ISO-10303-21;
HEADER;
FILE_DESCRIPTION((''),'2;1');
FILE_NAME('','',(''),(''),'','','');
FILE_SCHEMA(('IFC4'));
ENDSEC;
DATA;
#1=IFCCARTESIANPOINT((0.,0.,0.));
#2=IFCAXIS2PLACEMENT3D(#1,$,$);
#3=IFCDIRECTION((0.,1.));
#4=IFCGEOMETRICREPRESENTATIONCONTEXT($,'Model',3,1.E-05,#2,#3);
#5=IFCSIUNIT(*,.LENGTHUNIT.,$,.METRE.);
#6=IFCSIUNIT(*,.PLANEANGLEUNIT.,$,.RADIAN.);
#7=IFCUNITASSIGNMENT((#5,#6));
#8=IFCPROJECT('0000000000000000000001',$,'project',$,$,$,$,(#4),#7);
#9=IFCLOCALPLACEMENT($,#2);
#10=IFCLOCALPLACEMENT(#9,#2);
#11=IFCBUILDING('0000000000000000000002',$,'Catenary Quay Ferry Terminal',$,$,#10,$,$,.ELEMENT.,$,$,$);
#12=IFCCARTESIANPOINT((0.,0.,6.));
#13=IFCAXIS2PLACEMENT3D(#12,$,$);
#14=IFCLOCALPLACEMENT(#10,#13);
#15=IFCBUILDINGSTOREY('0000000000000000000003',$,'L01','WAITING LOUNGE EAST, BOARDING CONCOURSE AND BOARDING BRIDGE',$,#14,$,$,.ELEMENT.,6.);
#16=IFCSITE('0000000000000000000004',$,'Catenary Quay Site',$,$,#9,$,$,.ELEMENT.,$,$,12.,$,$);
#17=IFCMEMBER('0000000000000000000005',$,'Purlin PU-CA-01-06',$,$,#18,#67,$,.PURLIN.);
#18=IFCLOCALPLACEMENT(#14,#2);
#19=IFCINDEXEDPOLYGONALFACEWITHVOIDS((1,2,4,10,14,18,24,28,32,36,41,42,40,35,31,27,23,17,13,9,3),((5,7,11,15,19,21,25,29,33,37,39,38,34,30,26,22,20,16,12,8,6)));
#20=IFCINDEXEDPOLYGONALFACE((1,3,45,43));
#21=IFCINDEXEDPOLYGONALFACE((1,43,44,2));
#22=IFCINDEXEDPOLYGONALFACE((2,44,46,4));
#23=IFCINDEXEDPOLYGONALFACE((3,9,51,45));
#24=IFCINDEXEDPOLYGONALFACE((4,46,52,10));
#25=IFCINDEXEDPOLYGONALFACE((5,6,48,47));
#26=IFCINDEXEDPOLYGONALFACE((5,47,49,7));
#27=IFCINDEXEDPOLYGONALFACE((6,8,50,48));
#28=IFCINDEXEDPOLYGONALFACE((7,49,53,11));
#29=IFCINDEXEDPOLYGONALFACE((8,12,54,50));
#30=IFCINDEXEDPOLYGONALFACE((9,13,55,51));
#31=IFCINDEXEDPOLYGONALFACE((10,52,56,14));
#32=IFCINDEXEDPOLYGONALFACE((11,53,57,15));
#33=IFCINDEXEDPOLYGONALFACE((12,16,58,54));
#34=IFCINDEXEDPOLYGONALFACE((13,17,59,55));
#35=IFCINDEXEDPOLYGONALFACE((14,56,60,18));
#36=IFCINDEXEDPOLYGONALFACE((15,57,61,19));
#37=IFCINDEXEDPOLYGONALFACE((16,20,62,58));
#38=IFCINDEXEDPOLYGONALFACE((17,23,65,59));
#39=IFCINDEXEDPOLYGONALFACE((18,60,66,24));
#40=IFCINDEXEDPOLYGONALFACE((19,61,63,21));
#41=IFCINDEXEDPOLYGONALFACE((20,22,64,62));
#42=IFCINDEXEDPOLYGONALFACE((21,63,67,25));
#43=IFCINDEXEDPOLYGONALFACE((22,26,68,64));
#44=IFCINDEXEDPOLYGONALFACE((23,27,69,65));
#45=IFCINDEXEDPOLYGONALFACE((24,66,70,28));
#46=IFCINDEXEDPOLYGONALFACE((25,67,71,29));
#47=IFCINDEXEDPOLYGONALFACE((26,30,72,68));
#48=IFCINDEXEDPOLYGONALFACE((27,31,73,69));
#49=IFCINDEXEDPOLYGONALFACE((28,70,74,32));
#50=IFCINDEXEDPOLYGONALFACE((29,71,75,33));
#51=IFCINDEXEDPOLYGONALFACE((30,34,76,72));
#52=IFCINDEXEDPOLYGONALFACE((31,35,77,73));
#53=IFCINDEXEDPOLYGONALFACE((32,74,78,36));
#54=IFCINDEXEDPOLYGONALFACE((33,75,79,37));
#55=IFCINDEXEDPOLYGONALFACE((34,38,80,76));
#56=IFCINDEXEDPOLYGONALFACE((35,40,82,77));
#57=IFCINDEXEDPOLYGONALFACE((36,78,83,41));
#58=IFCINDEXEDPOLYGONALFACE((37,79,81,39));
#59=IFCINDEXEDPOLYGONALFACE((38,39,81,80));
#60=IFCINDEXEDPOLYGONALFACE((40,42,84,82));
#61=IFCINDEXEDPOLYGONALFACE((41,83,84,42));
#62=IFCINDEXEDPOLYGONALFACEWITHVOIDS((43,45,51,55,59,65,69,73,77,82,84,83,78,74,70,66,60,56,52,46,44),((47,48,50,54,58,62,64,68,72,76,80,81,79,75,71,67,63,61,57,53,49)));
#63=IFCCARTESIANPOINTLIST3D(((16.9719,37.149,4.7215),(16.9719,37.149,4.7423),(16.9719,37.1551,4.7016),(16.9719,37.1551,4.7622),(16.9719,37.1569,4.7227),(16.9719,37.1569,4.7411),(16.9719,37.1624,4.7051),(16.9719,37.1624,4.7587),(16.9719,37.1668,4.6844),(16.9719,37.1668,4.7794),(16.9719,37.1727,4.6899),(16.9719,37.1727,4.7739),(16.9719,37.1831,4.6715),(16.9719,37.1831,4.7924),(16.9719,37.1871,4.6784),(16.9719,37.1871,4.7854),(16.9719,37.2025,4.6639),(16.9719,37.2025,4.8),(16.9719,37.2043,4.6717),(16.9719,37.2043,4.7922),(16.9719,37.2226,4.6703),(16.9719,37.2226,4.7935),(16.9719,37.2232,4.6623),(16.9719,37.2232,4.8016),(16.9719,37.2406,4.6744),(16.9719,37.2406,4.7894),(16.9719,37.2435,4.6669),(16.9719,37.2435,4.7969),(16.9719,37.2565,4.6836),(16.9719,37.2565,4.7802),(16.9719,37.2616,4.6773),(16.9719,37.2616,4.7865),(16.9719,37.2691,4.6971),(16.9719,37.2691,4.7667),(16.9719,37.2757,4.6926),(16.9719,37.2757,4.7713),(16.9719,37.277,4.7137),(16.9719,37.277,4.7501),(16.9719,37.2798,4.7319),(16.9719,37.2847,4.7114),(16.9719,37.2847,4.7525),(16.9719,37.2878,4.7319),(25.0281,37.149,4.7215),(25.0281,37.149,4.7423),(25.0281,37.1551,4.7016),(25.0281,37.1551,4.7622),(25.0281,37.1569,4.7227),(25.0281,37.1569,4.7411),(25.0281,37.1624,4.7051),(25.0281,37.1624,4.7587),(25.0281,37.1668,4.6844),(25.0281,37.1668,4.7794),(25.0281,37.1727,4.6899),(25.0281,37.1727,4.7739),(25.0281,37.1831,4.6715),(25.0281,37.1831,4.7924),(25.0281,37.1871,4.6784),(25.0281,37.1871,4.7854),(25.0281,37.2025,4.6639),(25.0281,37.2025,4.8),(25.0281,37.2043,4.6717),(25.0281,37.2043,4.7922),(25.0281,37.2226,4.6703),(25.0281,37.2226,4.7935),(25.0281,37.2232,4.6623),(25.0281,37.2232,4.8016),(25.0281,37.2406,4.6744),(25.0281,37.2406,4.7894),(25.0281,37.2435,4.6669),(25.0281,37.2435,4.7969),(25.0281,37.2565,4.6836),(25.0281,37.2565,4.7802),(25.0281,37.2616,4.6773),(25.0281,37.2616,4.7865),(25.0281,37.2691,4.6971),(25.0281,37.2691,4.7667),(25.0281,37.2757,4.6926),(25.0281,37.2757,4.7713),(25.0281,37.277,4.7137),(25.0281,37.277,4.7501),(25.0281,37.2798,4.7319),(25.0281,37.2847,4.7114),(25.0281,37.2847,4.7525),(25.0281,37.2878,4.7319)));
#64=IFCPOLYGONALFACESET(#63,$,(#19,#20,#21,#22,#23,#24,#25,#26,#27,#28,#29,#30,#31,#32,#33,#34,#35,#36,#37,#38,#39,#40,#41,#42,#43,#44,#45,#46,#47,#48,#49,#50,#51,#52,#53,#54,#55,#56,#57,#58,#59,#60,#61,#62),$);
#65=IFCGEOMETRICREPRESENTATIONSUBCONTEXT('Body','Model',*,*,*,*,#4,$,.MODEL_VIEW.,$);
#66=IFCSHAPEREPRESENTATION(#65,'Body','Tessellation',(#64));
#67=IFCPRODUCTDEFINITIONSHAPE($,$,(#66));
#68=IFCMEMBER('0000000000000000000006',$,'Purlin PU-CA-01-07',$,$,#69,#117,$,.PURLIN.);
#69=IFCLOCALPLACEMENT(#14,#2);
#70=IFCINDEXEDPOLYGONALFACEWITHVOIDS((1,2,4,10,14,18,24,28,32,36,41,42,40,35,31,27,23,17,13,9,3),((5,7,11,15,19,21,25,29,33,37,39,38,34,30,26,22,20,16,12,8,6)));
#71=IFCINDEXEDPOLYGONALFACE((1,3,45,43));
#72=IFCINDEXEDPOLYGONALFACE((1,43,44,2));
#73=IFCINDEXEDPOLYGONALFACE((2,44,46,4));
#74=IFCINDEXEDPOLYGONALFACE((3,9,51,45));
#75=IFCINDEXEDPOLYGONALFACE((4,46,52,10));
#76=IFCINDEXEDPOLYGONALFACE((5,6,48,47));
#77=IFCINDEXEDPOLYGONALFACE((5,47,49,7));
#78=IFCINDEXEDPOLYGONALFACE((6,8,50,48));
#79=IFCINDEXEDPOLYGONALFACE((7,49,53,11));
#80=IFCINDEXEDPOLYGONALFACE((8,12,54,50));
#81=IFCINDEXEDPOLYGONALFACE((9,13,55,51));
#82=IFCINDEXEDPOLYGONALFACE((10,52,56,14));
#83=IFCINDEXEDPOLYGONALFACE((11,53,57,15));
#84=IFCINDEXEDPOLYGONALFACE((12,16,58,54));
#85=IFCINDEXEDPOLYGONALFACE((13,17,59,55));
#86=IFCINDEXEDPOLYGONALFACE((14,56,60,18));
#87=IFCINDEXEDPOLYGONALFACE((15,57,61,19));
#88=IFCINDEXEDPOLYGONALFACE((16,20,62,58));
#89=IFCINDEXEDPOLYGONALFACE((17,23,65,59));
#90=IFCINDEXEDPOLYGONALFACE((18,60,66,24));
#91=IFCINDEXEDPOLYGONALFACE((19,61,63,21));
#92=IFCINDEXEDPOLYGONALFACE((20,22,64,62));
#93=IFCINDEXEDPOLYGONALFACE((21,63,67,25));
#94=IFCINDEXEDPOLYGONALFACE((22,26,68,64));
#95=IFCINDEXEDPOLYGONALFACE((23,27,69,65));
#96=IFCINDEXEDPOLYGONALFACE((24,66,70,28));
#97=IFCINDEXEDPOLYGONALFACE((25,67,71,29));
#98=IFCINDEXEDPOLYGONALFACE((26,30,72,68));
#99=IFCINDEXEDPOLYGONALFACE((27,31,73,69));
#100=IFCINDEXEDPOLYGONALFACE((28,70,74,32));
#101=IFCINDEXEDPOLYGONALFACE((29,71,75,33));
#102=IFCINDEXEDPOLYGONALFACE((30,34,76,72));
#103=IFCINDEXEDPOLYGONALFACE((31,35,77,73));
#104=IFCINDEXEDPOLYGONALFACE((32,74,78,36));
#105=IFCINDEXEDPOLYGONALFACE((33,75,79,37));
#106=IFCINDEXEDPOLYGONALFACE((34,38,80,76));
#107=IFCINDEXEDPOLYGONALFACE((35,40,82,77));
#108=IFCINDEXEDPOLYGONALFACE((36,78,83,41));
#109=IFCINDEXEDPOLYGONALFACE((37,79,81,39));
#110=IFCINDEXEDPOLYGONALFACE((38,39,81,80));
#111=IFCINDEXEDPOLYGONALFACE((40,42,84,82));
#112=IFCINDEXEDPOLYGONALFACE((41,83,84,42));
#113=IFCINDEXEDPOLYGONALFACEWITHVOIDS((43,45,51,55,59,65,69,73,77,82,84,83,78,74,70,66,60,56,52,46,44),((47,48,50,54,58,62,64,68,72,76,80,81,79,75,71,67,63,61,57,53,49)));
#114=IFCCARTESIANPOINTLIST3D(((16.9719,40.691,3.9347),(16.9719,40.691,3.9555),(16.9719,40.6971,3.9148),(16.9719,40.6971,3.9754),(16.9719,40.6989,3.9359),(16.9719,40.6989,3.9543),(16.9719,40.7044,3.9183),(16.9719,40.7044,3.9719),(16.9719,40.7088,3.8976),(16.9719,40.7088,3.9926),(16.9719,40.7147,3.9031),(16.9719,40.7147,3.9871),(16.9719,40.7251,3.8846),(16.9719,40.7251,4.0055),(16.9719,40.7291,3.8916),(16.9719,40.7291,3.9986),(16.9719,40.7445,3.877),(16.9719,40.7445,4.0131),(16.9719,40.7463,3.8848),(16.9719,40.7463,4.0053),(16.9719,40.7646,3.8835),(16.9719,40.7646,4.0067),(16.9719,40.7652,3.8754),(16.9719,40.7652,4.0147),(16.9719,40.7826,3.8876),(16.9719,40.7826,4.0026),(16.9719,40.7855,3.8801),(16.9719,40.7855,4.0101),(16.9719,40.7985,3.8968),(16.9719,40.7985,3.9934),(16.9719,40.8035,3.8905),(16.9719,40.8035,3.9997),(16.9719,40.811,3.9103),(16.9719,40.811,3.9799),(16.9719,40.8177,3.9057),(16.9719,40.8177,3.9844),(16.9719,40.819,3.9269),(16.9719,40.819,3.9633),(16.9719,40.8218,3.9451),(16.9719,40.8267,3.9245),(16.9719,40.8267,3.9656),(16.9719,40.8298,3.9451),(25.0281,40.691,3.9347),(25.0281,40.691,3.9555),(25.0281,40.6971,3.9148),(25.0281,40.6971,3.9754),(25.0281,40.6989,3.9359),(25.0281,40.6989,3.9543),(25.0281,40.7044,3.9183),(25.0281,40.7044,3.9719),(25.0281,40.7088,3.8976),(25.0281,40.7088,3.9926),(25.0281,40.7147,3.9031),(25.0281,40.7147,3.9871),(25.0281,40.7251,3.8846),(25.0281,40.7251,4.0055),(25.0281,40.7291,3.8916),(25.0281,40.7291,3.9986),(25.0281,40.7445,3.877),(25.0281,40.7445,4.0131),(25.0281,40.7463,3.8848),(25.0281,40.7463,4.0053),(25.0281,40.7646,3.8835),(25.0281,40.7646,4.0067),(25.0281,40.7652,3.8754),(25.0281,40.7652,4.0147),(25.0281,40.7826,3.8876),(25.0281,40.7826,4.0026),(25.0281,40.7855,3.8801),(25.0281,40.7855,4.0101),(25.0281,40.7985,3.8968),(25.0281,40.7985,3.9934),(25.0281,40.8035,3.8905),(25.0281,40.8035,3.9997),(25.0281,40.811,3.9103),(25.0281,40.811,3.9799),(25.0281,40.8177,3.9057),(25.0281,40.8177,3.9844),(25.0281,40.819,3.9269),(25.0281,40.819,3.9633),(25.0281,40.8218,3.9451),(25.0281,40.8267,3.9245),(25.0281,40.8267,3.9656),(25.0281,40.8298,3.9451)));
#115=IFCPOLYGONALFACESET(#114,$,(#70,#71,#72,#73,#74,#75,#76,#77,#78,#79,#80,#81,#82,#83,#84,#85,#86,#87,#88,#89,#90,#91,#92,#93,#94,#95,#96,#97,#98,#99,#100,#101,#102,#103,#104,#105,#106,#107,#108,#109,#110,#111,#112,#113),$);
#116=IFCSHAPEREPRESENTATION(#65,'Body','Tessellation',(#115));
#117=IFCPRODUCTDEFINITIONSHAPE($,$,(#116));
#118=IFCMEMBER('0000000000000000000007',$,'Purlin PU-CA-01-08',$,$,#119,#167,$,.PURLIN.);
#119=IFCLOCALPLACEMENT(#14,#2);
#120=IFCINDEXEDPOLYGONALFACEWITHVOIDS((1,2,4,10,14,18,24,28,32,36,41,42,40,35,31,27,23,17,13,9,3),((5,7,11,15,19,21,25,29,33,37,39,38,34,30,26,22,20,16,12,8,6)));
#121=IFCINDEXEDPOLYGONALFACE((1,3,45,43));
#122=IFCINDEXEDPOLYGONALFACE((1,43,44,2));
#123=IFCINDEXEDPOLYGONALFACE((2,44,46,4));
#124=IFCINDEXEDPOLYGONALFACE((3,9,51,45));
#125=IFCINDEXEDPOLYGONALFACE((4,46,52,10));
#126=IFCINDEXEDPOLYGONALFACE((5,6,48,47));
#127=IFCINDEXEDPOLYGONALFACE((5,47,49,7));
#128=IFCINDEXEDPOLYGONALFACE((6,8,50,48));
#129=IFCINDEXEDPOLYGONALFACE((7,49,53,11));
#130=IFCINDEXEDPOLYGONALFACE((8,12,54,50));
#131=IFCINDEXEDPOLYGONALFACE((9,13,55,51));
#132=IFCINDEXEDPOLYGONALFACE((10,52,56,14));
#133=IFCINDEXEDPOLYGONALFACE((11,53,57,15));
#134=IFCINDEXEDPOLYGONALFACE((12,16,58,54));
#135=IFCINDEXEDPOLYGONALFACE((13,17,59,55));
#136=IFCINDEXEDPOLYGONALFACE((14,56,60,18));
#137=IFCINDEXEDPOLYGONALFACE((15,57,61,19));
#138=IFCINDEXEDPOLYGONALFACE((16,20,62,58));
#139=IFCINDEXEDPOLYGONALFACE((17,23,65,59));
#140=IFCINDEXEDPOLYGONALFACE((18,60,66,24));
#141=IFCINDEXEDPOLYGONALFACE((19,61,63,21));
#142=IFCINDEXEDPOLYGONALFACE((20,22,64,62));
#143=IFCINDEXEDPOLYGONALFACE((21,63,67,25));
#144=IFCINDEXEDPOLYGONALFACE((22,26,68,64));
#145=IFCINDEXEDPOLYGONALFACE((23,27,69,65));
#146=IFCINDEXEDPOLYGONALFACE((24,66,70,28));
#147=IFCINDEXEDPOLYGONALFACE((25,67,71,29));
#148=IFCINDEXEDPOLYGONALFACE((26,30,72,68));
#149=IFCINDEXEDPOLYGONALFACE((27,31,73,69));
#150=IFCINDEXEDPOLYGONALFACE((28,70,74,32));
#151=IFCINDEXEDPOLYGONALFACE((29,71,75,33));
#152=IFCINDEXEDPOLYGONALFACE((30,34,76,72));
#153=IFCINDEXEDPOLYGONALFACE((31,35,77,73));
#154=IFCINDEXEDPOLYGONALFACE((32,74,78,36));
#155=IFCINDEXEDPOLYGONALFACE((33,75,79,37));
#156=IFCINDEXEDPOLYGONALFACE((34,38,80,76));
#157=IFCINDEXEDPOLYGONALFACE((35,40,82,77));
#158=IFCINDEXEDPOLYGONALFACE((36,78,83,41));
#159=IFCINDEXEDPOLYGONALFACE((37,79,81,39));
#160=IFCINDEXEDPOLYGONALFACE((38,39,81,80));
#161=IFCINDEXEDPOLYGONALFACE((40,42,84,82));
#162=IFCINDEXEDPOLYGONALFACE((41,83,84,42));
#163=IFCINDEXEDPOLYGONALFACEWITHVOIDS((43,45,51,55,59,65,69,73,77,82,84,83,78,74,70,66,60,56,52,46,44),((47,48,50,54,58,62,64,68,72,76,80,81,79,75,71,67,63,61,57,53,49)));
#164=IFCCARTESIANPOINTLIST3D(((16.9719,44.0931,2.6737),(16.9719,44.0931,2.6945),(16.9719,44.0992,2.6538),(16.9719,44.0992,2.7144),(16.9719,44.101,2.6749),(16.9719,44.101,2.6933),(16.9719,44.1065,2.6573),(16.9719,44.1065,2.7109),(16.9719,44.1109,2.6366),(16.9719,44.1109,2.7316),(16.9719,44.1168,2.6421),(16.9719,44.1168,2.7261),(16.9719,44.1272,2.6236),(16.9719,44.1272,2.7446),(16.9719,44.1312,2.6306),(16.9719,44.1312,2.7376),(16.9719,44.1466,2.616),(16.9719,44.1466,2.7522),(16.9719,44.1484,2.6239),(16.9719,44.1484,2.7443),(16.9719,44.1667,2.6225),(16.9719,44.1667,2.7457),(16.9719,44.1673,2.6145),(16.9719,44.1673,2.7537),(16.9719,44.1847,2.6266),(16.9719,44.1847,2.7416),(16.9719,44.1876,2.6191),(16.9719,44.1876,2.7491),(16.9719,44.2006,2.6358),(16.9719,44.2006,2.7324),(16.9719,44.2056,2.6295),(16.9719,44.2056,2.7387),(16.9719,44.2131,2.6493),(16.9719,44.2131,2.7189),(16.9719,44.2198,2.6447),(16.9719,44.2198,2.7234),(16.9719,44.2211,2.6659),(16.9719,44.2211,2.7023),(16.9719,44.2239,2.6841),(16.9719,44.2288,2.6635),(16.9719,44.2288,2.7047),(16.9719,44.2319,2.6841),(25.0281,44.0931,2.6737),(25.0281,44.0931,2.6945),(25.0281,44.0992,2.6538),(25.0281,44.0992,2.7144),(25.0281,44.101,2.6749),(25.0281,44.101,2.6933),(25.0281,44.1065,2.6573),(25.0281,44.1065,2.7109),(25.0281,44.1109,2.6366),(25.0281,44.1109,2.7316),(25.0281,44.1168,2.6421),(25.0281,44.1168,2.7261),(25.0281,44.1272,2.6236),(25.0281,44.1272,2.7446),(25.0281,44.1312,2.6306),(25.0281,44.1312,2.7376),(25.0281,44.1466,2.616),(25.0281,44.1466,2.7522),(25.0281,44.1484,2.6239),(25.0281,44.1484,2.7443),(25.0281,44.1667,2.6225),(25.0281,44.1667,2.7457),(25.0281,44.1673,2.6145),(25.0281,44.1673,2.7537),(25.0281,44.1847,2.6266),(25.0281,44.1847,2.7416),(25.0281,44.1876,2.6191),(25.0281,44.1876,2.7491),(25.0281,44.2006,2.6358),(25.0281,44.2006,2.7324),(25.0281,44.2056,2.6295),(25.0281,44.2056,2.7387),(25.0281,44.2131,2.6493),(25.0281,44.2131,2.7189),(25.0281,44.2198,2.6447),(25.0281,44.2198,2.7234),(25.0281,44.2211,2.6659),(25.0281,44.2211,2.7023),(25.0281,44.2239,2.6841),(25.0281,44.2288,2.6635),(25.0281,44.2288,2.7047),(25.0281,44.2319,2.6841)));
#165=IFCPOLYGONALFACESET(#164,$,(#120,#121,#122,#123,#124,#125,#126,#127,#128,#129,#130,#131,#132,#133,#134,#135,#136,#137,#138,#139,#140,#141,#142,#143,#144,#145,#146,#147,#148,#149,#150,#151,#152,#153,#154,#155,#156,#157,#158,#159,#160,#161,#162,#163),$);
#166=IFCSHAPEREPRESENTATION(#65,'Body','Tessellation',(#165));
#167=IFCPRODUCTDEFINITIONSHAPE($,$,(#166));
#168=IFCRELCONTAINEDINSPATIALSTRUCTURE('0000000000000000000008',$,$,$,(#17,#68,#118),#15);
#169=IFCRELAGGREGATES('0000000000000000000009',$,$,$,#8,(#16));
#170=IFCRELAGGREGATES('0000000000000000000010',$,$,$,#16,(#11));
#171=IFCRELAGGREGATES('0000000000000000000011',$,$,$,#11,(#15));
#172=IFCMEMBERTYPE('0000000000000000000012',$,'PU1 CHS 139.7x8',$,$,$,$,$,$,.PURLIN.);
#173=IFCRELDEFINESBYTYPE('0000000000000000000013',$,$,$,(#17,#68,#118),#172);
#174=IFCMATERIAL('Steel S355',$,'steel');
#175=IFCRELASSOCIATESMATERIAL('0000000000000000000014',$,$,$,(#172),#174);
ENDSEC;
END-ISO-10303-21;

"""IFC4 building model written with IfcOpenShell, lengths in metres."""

from ifc_helpers import new_model, si_unit, direction, frame, origin, origin_2d, place, context, subcontext, project, spatial, hollow_circle, extrude, material, material_profile, profile_set, type_object, element, save


model = new_model("IFC4")

# Units and contexts
model_context = context("Model", 3, precision=1e-05, world=origin(), true_north=direction((0.0, 1.0)))
body_context = subcontext(model_context, "Body", "Model", "MODEL_VIEW")
ifc_project = project(units=[si_unit("LENGTHUNIT", "METRE"), si_unit("PLANEANGLEUNIT", "RADIAN")], contexts=[model_context])

# Site, building, storey
site_placement = place(None, origin())
site = spatial("IfcSite", under=ifc_project, at=site_placement, Name="Catenary Quay Site", CompositionType="ELEMENT", RefElevation=12.0)
building_placement = place(site_placement, origin())
building = spatial("IfcBuilding", under=site, at=building_placement, Name="Catenary Quay Ferry Terminal", CompositionType="ELEMENT")
storey_placement = place(building_placement, frame((0.0, 0.0, 6.0)))
storey = spatial("IfcBuildingStorey", under=building, at=storey_placement, Name="L01", Description="WAITING LOUNGE EAST, BOARDING CONCOURSE AND BOARDING BRIDGE", CompositionType="ELEMENT", Elevation=6.0)

# Members
ifc_material_1 = material(Name="Steel S355", Category="steel")
ifc_material_profile_1 = material_profile(ifc_material_1, hollow_circle(Radius=0.0698, WallThickness=0.0081, at=origin_2d()), Name="CHS 139.7x8")
ifc_profile_set_1 = profile_set([ifc_material_profile_1], Name="Steel S355")
member_type_1 = type_object("IfcMemberType", Name="PU1 CHS 139.7x8", PredefinedType="PURLIN", material=ifc_profile_set_1)
for number, where, z_axis, x_axis, name in (
    (1, (16.9719, 37.218, 4.7319), (1.0, 0.0, 0.0), (0.0, 1.0, 0.0), "Purlin PU-CA-01-06"),
    (2, (16.9719, 40.76, 3.9451), (1.0, 0.0, 0.0), (0.0, 1.0, 0.0), "Purlin PU-CA-01-07"),
    (3, (16.9719, 44.1621, 2.6841), (1.0, 0.0, 0.0), (0.0, 1.0, 0.0), "Purlin PU-CA-01-08"),
):
    element("IfcMember", number, at=place(storey_placement, frame(where, z_axis=z_axis, x_axis=x_axis)), inside=storey, type_object=member_type_1, Name=name, PredefinedType="PURLIN", context=body_context, shape_type="SweptSolid", body=[
        extrude(hollow_circle(Radius=0.0698, WallThickness=0.0081, at=origin_2d()), origin(), (0.0, 0.0, 1.0), 8.0562),
    ])

save(model, "model.ifc")
